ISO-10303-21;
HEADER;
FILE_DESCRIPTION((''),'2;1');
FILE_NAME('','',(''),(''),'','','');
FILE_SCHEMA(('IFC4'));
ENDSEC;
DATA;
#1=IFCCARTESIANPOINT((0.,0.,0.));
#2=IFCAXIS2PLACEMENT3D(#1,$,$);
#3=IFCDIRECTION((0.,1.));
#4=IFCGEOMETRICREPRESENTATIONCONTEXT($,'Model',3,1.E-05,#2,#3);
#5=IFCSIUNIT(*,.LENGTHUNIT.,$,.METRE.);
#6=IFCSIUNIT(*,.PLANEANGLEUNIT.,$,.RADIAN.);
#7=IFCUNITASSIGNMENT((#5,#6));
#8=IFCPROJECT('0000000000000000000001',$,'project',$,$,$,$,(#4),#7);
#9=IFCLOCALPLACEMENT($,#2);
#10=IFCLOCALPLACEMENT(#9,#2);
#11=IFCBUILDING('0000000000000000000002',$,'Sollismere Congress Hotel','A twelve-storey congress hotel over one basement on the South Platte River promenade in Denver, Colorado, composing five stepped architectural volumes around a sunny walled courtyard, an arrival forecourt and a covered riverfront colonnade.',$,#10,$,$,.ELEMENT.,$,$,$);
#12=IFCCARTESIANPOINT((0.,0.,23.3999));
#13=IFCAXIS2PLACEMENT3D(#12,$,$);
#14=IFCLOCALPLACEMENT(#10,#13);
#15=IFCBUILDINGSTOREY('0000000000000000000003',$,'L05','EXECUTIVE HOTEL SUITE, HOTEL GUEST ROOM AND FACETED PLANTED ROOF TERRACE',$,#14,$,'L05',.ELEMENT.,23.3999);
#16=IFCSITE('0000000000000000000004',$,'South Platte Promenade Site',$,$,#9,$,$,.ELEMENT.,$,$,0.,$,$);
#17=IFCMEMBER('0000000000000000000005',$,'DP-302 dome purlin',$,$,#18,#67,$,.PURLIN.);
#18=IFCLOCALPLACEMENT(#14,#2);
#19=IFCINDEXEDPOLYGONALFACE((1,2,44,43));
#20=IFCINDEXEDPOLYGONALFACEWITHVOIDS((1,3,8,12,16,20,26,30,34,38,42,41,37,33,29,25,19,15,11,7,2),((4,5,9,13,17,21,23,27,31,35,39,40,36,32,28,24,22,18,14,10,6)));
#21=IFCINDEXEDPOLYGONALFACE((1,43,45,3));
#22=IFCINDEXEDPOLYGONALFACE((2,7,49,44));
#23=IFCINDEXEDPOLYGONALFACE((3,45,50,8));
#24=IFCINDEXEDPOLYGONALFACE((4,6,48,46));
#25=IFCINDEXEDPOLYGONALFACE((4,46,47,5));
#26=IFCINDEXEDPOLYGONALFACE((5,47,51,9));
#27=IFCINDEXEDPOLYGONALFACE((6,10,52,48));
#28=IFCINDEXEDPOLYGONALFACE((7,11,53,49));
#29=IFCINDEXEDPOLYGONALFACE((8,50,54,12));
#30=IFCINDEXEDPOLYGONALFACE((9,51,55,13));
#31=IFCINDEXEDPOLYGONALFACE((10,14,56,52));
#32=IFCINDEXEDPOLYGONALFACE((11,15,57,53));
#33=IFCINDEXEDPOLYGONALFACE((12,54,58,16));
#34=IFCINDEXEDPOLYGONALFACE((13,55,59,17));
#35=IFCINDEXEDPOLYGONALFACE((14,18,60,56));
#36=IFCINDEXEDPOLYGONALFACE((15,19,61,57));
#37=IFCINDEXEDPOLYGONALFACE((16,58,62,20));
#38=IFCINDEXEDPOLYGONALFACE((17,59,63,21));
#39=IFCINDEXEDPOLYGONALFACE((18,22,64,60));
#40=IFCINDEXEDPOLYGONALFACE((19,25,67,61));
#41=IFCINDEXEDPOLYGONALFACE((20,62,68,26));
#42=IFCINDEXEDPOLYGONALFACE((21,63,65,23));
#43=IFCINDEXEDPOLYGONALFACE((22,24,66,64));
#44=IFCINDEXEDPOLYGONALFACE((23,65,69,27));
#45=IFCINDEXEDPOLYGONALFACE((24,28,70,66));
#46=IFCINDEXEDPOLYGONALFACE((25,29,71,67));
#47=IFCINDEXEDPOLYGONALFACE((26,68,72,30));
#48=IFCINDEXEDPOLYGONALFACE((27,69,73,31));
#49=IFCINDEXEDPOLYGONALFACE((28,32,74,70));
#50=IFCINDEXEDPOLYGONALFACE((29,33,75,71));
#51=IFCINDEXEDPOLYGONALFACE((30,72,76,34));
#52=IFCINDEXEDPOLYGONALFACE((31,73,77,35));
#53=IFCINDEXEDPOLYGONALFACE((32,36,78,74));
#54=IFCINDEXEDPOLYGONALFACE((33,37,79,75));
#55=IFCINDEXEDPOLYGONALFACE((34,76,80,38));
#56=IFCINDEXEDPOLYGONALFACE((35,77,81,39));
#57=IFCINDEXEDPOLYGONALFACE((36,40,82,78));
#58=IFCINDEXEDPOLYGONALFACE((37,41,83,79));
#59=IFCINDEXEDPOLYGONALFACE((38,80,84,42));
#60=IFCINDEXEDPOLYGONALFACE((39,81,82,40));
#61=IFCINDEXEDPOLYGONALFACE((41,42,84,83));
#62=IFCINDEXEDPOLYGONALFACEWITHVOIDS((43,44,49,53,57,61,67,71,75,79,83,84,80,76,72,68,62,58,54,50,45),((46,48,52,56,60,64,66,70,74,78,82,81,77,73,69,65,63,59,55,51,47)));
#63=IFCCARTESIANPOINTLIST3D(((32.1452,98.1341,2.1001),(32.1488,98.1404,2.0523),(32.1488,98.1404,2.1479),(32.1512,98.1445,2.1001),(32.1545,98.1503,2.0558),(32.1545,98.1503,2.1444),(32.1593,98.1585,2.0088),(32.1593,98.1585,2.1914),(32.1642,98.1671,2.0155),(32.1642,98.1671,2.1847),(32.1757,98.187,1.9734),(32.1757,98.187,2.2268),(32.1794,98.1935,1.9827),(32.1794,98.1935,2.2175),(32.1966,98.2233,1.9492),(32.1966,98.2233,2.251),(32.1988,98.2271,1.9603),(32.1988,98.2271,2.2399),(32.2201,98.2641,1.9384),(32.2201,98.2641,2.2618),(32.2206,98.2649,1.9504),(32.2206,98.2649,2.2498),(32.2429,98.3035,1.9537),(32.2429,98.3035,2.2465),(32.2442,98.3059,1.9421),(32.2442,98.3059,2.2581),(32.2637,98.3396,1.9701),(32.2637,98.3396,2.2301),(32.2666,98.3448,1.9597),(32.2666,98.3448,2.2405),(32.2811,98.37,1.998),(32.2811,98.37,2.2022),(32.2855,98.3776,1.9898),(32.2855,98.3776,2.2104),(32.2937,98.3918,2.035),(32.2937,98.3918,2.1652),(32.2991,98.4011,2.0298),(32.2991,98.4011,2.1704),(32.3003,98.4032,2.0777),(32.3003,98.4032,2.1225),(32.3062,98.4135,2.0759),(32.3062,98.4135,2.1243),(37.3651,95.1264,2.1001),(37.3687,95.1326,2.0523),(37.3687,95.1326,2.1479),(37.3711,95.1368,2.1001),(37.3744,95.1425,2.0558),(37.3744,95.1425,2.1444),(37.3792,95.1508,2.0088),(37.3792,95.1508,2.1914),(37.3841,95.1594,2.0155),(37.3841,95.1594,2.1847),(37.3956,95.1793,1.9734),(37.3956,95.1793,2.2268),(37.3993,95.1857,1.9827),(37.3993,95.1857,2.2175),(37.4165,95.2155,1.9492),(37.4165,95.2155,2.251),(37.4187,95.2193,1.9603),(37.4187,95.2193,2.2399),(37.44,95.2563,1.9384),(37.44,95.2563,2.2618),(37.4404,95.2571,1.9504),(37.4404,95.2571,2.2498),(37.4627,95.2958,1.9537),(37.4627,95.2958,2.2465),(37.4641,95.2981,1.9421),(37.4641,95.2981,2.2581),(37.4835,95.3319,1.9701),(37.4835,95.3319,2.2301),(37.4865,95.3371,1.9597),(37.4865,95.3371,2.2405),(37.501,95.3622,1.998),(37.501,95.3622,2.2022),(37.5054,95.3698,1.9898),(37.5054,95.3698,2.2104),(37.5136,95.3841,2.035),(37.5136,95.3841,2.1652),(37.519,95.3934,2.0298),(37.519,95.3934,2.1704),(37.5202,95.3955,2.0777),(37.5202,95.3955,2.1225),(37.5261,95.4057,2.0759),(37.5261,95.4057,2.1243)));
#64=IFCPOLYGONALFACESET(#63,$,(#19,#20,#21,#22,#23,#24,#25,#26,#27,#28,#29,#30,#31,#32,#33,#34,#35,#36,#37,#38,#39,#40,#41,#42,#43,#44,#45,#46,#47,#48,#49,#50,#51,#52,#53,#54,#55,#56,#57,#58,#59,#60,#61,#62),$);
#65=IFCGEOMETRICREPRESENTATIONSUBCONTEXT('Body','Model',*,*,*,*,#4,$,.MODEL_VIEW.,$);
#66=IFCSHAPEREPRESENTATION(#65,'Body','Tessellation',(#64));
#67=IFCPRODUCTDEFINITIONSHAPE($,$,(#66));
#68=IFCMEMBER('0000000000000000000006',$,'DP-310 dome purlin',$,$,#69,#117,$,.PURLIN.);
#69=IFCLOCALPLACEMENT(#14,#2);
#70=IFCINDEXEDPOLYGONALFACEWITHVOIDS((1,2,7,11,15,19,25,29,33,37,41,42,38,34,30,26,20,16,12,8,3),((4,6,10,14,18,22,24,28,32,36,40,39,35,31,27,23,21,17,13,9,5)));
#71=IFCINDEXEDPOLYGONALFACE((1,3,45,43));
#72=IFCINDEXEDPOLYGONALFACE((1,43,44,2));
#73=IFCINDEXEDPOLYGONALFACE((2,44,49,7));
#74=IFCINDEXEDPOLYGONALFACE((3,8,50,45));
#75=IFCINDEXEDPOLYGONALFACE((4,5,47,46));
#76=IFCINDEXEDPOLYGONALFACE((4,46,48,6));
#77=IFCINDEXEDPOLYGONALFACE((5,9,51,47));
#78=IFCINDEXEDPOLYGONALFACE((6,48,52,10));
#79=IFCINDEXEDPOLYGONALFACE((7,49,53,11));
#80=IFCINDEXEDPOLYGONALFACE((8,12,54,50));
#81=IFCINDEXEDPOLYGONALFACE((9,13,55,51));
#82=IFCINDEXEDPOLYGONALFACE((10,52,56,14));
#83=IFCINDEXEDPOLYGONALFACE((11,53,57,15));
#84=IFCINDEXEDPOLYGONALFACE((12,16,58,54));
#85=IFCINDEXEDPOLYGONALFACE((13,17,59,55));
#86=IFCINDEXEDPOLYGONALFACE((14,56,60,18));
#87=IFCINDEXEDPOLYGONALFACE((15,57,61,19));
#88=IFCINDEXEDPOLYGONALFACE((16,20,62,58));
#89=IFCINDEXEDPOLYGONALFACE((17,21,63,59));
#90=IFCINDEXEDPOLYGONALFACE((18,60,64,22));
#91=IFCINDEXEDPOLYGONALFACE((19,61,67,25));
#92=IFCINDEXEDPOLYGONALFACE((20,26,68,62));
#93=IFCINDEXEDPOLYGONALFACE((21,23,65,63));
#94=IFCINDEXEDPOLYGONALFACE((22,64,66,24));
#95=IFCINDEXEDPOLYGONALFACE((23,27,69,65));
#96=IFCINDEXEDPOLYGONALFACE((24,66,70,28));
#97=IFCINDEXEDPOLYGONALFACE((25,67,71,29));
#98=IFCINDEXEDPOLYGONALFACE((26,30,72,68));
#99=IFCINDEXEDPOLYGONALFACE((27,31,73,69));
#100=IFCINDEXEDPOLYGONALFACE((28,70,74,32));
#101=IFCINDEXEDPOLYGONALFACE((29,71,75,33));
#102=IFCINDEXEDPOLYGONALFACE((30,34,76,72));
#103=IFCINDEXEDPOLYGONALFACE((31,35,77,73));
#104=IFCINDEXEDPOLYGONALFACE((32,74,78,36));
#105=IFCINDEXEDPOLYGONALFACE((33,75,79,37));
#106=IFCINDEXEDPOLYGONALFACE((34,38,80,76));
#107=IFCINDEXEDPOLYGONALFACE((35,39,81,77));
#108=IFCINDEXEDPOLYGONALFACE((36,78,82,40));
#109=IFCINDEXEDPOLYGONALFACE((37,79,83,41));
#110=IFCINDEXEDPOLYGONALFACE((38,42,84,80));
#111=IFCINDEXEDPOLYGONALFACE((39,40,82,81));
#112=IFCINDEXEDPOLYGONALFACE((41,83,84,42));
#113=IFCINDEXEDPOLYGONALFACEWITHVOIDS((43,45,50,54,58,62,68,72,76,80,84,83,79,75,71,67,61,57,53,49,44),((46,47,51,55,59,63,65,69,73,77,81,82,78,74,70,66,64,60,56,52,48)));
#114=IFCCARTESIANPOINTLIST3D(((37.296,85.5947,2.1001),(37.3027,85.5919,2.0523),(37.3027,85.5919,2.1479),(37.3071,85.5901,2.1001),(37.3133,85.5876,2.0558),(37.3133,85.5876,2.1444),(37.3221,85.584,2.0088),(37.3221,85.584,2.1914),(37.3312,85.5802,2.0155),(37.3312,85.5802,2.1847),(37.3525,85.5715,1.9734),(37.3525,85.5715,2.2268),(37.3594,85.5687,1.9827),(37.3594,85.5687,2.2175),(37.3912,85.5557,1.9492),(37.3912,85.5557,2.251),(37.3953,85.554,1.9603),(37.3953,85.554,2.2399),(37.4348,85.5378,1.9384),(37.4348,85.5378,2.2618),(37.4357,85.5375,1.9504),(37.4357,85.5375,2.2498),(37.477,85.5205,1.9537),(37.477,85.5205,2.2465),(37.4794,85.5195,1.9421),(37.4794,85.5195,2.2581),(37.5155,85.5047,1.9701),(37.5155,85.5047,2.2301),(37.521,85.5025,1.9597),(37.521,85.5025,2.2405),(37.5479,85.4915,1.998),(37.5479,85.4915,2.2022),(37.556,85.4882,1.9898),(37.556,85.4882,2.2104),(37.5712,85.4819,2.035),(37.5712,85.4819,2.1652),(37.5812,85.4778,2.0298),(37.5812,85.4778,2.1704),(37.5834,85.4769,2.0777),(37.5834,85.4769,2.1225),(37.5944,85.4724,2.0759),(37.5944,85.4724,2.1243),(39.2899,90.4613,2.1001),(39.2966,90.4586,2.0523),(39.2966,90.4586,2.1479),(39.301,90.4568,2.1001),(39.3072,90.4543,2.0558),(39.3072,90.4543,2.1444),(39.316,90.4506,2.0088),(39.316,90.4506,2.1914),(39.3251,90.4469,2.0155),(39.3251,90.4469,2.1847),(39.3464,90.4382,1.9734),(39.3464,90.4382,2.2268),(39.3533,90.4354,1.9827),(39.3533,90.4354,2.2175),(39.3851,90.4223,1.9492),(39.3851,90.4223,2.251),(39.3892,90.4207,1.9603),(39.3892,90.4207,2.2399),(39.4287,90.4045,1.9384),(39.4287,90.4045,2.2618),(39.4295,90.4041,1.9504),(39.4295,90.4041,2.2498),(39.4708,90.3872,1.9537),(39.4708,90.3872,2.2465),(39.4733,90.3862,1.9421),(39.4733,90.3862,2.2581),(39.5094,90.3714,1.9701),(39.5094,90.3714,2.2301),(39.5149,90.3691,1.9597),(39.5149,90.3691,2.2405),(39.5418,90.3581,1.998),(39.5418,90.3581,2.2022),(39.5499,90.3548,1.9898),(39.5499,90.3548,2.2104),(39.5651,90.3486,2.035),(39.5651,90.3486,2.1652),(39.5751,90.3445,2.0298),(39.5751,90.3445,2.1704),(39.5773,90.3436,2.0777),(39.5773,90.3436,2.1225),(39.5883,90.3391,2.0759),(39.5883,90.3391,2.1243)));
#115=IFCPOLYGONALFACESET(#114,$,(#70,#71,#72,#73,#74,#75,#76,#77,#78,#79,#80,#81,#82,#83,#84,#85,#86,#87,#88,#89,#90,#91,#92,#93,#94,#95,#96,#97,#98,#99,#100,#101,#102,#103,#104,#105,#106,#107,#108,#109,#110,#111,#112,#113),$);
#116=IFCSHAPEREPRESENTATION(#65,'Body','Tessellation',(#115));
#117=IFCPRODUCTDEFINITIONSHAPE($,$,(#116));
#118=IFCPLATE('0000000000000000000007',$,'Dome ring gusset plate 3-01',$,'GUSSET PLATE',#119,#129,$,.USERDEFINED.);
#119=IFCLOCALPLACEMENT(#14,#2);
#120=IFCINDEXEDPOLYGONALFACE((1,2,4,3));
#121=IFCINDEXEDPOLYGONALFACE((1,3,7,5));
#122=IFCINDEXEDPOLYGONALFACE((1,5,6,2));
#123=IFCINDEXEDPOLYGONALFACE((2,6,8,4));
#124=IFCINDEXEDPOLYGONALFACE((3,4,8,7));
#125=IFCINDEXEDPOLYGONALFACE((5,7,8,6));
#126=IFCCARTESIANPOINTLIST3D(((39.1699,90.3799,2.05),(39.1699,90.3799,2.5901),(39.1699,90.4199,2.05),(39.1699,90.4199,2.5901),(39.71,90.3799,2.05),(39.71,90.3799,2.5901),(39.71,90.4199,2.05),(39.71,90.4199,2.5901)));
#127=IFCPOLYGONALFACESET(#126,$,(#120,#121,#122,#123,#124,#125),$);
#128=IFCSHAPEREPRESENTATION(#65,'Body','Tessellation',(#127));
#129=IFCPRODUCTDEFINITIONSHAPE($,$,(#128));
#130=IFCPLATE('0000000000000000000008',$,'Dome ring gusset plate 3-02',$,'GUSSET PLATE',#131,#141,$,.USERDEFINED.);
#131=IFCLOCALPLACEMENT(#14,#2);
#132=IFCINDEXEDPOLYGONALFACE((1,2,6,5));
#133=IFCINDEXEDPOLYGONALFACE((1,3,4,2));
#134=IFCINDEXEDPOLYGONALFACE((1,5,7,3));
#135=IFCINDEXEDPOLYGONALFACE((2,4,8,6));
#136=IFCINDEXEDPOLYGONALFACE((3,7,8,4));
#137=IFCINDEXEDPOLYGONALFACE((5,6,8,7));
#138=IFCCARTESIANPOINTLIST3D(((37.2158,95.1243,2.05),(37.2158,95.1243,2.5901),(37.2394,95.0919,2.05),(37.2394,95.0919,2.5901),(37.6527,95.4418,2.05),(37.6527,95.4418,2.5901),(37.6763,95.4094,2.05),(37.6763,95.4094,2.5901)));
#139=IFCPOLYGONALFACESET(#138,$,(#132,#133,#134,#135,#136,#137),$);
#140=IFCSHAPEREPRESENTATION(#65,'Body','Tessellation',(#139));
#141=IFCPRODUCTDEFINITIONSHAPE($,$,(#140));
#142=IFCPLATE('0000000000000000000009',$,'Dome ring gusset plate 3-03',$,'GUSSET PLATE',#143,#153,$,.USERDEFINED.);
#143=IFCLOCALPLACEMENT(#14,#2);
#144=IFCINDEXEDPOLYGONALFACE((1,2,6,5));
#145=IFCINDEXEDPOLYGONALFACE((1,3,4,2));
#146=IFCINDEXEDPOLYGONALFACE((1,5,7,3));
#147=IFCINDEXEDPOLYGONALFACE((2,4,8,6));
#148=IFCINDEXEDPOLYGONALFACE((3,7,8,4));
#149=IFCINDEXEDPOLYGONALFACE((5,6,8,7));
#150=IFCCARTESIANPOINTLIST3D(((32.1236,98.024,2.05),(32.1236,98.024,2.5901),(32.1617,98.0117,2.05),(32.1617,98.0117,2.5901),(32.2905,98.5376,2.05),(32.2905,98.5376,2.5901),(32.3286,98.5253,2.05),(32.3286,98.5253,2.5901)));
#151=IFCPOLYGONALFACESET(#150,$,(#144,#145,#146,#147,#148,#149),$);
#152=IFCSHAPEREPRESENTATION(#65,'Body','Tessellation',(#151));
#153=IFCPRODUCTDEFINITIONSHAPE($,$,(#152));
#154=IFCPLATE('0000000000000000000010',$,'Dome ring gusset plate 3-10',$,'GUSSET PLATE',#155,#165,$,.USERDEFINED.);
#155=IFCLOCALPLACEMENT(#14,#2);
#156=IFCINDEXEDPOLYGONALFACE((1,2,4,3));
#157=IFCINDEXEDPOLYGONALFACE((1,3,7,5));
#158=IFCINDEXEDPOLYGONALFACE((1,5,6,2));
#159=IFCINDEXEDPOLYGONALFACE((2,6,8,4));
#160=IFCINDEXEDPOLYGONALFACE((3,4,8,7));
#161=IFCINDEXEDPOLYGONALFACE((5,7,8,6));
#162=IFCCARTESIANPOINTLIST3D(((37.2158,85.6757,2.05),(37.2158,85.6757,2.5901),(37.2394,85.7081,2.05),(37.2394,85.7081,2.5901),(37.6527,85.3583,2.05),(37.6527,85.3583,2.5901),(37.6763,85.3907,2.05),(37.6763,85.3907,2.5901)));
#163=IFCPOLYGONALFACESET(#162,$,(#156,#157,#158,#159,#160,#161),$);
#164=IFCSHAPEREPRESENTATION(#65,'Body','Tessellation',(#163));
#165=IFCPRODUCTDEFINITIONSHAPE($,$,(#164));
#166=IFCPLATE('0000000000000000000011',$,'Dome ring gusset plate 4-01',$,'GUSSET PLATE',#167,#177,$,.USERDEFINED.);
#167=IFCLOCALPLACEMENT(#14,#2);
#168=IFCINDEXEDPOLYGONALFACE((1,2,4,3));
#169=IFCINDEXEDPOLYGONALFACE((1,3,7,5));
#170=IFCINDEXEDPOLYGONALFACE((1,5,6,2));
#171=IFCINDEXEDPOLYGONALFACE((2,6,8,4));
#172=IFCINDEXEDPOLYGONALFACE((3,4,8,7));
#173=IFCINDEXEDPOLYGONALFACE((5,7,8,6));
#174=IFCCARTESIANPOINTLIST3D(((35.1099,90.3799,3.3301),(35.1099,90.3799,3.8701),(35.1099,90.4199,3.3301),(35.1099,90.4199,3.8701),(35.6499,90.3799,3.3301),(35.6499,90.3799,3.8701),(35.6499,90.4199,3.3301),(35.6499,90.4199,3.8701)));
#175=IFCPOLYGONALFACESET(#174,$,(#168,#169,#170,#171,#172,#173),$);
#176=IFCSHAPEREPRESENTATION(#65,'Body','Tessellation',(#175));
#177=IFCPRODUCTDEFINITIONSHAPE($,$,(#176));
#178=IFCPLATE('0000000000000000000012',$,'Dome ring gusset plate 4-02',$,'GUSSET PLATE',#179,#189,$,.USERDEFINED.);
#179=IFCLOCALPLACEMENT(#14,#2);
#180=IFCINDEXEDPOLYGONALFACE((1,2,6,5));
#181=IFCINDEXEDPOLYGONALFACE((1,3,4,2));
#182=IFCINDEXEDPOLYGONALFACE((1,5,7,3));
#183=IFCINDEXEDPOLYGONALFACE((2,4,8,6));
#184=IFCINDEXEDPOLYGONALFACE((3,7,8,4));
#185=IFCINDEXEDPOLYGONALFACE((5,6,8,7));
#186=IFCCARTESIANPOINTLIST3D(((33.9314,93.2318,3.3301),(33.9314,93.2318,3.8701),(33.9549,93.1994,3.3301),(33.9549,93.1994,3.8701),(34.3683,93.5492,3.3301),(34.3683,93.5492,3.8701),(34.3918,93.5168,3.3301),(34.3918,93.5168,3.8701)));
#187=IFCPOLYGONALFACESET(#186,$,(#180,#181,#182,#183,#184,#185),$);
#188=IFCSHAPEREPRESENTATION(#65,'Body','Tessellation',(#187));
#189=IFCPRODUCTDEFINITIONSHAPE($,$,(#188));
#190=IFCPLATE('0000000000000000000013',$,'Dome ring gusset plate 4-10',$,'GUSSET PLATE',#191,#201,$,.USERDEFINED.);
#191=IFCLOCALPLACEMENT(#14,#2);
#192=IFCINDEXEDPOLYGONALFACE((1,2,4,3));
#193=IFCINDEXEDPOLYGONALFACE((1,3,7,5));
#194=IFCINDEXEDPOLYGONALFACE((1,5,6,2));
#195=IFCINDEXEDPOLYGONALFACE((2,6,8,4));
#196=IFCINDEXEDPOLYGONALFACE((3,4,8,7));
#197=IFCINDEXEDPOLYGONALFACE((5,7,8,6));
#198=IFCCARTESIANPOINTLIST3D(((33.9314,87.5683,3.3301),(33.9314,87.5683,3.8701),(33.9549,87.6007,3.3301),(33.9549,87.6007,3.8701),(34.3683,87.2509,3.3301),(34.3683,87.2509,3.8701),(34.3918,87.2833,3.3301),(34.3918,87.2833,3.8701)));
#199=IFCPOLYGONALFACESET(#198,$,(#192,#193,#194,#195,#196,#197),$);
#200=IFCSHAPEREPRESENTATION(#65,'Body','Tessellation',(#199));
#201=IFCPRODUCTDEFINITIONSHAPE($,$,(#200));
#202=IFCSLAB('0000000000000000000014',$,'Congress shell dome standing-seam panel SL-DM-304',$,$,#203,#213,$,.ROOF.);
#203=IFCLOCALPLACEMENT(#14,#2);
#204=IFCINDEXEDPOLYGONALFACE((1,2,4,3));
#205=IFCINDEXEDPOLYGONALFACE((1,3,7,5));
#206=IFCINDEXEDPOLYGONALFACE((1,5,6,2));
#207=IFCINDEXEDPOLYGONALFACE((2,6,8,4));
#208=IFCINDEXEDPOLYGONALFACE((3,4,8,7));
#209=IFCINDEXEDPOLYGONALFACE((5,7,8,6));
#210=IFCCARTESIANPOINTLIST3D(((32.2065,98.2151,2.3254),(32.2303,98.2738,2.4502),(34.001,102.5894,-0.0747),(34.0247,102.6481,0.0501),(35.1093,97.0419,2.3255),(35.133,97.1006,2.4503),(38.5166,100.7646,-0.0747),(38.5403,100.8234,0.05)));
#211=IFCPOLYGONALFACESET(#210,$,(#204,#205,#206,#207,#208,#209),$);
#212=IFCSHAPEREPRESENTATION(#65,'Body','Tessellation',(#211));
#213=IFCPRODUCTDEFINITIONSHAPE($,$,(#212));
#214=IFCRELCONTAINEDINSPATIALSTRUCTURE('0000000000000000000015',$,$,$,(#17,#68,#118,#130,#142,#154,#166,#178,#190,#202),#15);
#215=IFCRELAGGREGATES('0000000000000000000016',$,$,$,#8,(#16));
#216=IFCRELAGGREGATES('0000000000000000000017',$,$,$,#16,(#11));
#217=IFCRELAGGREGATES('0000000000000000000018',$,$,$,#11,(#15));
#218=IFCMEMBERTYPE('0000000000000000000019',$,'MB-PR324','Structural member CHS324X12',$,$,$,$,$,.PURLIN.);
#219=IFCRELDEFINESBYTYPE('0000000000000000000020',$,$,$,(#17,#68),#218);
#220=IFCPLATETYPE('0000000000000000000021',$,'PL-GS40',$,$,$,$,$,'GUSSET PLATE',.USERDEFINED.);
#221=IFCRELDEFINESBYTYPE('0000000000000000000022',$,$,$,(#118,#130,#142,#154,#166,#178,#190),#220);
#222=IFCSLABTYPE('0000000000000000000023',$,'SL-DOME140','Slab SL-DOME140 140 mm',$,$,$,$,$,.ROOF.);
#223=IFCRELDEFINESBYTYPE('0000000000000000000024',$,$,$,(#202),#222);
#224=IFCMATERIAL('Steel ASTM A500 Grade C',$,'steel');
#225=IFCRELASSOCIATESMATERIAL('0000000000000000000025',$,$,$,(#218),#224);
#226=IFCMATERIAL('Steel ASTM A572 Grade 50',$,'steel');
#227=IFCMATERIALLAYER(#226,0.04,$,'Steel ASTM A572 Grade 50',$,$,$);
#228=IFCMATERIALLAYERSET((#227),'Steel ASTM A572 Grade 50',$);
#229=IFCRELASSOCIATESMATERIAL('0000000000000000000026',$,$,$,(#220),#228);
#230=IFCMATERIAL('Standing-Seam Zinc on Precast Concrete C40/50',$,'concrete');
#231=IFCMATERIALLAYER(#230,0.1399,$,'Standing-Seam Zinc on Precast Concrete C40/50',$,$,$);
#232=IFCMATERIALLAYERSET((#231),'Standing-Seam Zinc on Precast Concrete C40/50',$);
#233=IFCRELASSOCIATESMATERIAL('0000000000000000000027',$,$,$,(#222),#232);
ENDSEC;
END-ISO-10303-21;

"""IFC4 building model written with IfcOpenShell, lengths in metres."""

from ifc_helpers import new_model, si_unit, direction, frame, origin, origin_2d, place, context, subcontext, project, spatial, polyline, rectangle, hollow_circle, outline, extrude, material, layer, layer_set, material_profile, profile_set, type_object, element, save


model = new_model("IFC4")

# Units and contexts
model_context = context("Model", 3, precision=1e-05, world=origin(), true_north=direction((0.0, 1.0)))
body_context = subcontext(model_context, "Body", "Model", "MODEL_VIEW")
ifc_project = project(units=[si_unit("LENGTHUNIT", "METRE"), si_unit("PLANEANGLEUNIT", "RADIAN")], contexts=[model_context])

# Site, building, storey
site_placement = place(None, origin())
site = spatial("IfcSite", under=ifc_project, at=site_placement, Name="South Platte Promenade Site", CompositionType="ELEMENT", RefElevation=0.0)
building_placement = place(site_placement, origin())
building = spatial("IfcBuilding", under=site, at=building_placement, Name="Sollismere Congress Hotel", Description="A twelve-storey congress hotel over one basement on the South Platte River promenade in Denver, Colorado, composing five stepped architectural volumes around a sunny walled courtyard, an arrival forecourt and a covered riverfront colonnade.", CompositionType="ELEMENT")
storey_placement = place(building_placement, frame((0.0, 0.0, 23.3999)))
storey = spatial("IfcBuildingStorey", under=building, at=storey_placement, Name="L05", Description="EXECUTIVE HOTEL SUITE, HOTEL GUEST ROOM AND FACETED PLANTED ROOF TERRACE", LongName="L05", CompositionType="ELEMENT", Elevation=23.3999)

# Members
ifc_material_1 = material(Name="Steel ASTM A500 Grade C", Category="steel")
ifc_material_profile_1 = material_profile(ifc_material_1, hollow_circle(Radius=0.1621, WallThickness=0.012, at=origin_2d()), Name="CHS324X12")
ifc_profile_set_1 = profile_set([ifc_material_profile_1], Name="Steel ASTM A500 Grade C")
member_type_1 = type_object("IfcMemberType", Name="MB-PR324", Description="Structural member CHS324X12", PredefinedType="PURLIN", material=ifc_profile_set_1)
member_1_placement = place(storey_placement, frame((37.446, 95.2668, 2.1001), z_axis=(-0.866452, 0.49926, 0.0), x_axis=(-0.49926, -0.866452, 0.0)))
element("IfcMember", 1, at=member_1_placement, inside=storey, type_object=member_type_1, Name="DP-302 dome purlin", PredefinedType="PURLIN", context=body_context, shape_type="SweptSolid", body=[
    extrude(hollow_circle(Radius=0.1621, WallThickness=0.012, at=origin_2d()), origin(), (0.0, 0.0, 1.0), 6.0244),
])
member_2_placement = place(storey_placement, frame((37.446, 85.5332, 2.1001), z_axis=(0.379117, 0.925349, 0.0), x_axis=(-0.925349, 0.379117, 0.0)))
element("IfcMember", 2, at=member_2_placement, inside=storey, type_object=member_type_1, Name="DP-310 dome purlin", PredefinedType="PURLIN", context=body_context, shape_type="SweptSolid", body=[
    extrude(hollow_circle(Radius=0.1621, WallThickness=0.012, at=origin_2d()), origin(), (0.0, 0.0, 1.0), 5.2593),
])

# Plates
ifc_material_2 = material(Name="Steel ASTM A572 Grade 50", Category="steel")
ifc_layer_1 = layer(ifc_material_2, 0.04, Name="Steel ASTM A572 Grade 50")
ifc_layer_set_1 = layer_set([ifc_layer_1], Name="Steel ASTM A572 Grade 50")
plate_type = type_object("IfcPlateType", Name="PL-GS40", ElementType="GUSSET PLATE", PredefinedType="USERDEFINED", material=ifc_layer_set_1)
for number, where, z_axis, x_axis, name in (
    (3, (39.4399, 90.3999, 2.05), (0.0, 0.0, 1.0), (1.0, 0.0, 0.0), "Dome ring gusset plate 3-01"),
    (4, (37.446, 95.2668, 2.05), (0.0, 0.0, 1.0), (0.809017, 0.587785, 0.0), "Dome ring gusset plate 3-02"),
    (5, (32.2261, 98.2747, 2.05), (0.0, 0.0, 1.0), (0.309017, 0.951057, 0.0), "Dome ring gusset plate 3-03"),
    (6, (37.446, 85.5332, 2.05), (0.0, 0.0, 1.0), (0.809017, -0.587785, 0.0), "Dome ring gusset plate 3-10"),
    (7, (35.3799, 90.3999, 3.3301), (0.0, 0.0, 1.0), (1.0, 0.0, 0.0), "Dome ring gusset plate 4-01"),
    (8, (34.1616, 93.3743, 3.3301), (0.0, 0.0, 1.0), (0.809017, 0.587785, 0.0), "Dome ring gusset plate 4-02"),
    (9, (34.1616, 87.4258, 3.3301), (0.0, 0.0, 1.0), (0.809017, -0.587785, 0.0), "Dome ring gusset plate 4-10"),
):
    element("IfcPlate", number, at=place(storey_placement, frame(where, z_axis=z_axis, x_axis=x_axis)), inside=storey, type_object=plate_type, Name=name, ObjectType="GUSSET PLATE", PredefinedType="USERDEFINED", context=body_context, shape_type="SweptSolid", body=[
        extrude(rectangle(XDim=0.54, YDim=0.04, at=origin_2d()), origin(), (0.0, 0.0, 1.0), 0.54),
    ])

# Slab
ifc_material_3 = material(Name="Standing-Seam Zinc on Precast Concrete C40/50", Category="concrete")
ifc_layer_2 = layer(ifc_material_3, 0.1399, Name="Standing-Seam Zinc on Precast Concrete C40/50")
ifc_layer_set_2 = layer_set([ifc_layer_2], Name="Standing-Seam Zinc on Precast Concrete C40/50")
slab_type = type_object("IfcSlabType", Name="SL-DOME140", Description="Slab SL-DOME140 140 mm", PredefinedType="ROOF", material=ifc_layer_set_2)
slab_1_placement = place(storey_placement, frame((38.5166, 100.7646, -0.0747), z_axis=(0.169595, 0.419686, 0.891684), x_axis=(-0.927163, 0.374657, 0.000005)))
element("IfcSlab", 10, at=slab_1_placement, inside=storey, type_object=slab_type, Name="Congress shell dome standing-seam panel SL-DM-304", PredefinedType="ROOF", context=body_context, shape_type="SweptSolid", body=[
    extrude(outline(polyline([(0.0, 0.0), (4.8704, 0.0), (4.8953, 5.3022), (1.7644, 5.3025), (0.0, 0.0)])), origin(), (0.0, 0.0, 1.0), 0.1399),
])

save(model, "model.ifc")
